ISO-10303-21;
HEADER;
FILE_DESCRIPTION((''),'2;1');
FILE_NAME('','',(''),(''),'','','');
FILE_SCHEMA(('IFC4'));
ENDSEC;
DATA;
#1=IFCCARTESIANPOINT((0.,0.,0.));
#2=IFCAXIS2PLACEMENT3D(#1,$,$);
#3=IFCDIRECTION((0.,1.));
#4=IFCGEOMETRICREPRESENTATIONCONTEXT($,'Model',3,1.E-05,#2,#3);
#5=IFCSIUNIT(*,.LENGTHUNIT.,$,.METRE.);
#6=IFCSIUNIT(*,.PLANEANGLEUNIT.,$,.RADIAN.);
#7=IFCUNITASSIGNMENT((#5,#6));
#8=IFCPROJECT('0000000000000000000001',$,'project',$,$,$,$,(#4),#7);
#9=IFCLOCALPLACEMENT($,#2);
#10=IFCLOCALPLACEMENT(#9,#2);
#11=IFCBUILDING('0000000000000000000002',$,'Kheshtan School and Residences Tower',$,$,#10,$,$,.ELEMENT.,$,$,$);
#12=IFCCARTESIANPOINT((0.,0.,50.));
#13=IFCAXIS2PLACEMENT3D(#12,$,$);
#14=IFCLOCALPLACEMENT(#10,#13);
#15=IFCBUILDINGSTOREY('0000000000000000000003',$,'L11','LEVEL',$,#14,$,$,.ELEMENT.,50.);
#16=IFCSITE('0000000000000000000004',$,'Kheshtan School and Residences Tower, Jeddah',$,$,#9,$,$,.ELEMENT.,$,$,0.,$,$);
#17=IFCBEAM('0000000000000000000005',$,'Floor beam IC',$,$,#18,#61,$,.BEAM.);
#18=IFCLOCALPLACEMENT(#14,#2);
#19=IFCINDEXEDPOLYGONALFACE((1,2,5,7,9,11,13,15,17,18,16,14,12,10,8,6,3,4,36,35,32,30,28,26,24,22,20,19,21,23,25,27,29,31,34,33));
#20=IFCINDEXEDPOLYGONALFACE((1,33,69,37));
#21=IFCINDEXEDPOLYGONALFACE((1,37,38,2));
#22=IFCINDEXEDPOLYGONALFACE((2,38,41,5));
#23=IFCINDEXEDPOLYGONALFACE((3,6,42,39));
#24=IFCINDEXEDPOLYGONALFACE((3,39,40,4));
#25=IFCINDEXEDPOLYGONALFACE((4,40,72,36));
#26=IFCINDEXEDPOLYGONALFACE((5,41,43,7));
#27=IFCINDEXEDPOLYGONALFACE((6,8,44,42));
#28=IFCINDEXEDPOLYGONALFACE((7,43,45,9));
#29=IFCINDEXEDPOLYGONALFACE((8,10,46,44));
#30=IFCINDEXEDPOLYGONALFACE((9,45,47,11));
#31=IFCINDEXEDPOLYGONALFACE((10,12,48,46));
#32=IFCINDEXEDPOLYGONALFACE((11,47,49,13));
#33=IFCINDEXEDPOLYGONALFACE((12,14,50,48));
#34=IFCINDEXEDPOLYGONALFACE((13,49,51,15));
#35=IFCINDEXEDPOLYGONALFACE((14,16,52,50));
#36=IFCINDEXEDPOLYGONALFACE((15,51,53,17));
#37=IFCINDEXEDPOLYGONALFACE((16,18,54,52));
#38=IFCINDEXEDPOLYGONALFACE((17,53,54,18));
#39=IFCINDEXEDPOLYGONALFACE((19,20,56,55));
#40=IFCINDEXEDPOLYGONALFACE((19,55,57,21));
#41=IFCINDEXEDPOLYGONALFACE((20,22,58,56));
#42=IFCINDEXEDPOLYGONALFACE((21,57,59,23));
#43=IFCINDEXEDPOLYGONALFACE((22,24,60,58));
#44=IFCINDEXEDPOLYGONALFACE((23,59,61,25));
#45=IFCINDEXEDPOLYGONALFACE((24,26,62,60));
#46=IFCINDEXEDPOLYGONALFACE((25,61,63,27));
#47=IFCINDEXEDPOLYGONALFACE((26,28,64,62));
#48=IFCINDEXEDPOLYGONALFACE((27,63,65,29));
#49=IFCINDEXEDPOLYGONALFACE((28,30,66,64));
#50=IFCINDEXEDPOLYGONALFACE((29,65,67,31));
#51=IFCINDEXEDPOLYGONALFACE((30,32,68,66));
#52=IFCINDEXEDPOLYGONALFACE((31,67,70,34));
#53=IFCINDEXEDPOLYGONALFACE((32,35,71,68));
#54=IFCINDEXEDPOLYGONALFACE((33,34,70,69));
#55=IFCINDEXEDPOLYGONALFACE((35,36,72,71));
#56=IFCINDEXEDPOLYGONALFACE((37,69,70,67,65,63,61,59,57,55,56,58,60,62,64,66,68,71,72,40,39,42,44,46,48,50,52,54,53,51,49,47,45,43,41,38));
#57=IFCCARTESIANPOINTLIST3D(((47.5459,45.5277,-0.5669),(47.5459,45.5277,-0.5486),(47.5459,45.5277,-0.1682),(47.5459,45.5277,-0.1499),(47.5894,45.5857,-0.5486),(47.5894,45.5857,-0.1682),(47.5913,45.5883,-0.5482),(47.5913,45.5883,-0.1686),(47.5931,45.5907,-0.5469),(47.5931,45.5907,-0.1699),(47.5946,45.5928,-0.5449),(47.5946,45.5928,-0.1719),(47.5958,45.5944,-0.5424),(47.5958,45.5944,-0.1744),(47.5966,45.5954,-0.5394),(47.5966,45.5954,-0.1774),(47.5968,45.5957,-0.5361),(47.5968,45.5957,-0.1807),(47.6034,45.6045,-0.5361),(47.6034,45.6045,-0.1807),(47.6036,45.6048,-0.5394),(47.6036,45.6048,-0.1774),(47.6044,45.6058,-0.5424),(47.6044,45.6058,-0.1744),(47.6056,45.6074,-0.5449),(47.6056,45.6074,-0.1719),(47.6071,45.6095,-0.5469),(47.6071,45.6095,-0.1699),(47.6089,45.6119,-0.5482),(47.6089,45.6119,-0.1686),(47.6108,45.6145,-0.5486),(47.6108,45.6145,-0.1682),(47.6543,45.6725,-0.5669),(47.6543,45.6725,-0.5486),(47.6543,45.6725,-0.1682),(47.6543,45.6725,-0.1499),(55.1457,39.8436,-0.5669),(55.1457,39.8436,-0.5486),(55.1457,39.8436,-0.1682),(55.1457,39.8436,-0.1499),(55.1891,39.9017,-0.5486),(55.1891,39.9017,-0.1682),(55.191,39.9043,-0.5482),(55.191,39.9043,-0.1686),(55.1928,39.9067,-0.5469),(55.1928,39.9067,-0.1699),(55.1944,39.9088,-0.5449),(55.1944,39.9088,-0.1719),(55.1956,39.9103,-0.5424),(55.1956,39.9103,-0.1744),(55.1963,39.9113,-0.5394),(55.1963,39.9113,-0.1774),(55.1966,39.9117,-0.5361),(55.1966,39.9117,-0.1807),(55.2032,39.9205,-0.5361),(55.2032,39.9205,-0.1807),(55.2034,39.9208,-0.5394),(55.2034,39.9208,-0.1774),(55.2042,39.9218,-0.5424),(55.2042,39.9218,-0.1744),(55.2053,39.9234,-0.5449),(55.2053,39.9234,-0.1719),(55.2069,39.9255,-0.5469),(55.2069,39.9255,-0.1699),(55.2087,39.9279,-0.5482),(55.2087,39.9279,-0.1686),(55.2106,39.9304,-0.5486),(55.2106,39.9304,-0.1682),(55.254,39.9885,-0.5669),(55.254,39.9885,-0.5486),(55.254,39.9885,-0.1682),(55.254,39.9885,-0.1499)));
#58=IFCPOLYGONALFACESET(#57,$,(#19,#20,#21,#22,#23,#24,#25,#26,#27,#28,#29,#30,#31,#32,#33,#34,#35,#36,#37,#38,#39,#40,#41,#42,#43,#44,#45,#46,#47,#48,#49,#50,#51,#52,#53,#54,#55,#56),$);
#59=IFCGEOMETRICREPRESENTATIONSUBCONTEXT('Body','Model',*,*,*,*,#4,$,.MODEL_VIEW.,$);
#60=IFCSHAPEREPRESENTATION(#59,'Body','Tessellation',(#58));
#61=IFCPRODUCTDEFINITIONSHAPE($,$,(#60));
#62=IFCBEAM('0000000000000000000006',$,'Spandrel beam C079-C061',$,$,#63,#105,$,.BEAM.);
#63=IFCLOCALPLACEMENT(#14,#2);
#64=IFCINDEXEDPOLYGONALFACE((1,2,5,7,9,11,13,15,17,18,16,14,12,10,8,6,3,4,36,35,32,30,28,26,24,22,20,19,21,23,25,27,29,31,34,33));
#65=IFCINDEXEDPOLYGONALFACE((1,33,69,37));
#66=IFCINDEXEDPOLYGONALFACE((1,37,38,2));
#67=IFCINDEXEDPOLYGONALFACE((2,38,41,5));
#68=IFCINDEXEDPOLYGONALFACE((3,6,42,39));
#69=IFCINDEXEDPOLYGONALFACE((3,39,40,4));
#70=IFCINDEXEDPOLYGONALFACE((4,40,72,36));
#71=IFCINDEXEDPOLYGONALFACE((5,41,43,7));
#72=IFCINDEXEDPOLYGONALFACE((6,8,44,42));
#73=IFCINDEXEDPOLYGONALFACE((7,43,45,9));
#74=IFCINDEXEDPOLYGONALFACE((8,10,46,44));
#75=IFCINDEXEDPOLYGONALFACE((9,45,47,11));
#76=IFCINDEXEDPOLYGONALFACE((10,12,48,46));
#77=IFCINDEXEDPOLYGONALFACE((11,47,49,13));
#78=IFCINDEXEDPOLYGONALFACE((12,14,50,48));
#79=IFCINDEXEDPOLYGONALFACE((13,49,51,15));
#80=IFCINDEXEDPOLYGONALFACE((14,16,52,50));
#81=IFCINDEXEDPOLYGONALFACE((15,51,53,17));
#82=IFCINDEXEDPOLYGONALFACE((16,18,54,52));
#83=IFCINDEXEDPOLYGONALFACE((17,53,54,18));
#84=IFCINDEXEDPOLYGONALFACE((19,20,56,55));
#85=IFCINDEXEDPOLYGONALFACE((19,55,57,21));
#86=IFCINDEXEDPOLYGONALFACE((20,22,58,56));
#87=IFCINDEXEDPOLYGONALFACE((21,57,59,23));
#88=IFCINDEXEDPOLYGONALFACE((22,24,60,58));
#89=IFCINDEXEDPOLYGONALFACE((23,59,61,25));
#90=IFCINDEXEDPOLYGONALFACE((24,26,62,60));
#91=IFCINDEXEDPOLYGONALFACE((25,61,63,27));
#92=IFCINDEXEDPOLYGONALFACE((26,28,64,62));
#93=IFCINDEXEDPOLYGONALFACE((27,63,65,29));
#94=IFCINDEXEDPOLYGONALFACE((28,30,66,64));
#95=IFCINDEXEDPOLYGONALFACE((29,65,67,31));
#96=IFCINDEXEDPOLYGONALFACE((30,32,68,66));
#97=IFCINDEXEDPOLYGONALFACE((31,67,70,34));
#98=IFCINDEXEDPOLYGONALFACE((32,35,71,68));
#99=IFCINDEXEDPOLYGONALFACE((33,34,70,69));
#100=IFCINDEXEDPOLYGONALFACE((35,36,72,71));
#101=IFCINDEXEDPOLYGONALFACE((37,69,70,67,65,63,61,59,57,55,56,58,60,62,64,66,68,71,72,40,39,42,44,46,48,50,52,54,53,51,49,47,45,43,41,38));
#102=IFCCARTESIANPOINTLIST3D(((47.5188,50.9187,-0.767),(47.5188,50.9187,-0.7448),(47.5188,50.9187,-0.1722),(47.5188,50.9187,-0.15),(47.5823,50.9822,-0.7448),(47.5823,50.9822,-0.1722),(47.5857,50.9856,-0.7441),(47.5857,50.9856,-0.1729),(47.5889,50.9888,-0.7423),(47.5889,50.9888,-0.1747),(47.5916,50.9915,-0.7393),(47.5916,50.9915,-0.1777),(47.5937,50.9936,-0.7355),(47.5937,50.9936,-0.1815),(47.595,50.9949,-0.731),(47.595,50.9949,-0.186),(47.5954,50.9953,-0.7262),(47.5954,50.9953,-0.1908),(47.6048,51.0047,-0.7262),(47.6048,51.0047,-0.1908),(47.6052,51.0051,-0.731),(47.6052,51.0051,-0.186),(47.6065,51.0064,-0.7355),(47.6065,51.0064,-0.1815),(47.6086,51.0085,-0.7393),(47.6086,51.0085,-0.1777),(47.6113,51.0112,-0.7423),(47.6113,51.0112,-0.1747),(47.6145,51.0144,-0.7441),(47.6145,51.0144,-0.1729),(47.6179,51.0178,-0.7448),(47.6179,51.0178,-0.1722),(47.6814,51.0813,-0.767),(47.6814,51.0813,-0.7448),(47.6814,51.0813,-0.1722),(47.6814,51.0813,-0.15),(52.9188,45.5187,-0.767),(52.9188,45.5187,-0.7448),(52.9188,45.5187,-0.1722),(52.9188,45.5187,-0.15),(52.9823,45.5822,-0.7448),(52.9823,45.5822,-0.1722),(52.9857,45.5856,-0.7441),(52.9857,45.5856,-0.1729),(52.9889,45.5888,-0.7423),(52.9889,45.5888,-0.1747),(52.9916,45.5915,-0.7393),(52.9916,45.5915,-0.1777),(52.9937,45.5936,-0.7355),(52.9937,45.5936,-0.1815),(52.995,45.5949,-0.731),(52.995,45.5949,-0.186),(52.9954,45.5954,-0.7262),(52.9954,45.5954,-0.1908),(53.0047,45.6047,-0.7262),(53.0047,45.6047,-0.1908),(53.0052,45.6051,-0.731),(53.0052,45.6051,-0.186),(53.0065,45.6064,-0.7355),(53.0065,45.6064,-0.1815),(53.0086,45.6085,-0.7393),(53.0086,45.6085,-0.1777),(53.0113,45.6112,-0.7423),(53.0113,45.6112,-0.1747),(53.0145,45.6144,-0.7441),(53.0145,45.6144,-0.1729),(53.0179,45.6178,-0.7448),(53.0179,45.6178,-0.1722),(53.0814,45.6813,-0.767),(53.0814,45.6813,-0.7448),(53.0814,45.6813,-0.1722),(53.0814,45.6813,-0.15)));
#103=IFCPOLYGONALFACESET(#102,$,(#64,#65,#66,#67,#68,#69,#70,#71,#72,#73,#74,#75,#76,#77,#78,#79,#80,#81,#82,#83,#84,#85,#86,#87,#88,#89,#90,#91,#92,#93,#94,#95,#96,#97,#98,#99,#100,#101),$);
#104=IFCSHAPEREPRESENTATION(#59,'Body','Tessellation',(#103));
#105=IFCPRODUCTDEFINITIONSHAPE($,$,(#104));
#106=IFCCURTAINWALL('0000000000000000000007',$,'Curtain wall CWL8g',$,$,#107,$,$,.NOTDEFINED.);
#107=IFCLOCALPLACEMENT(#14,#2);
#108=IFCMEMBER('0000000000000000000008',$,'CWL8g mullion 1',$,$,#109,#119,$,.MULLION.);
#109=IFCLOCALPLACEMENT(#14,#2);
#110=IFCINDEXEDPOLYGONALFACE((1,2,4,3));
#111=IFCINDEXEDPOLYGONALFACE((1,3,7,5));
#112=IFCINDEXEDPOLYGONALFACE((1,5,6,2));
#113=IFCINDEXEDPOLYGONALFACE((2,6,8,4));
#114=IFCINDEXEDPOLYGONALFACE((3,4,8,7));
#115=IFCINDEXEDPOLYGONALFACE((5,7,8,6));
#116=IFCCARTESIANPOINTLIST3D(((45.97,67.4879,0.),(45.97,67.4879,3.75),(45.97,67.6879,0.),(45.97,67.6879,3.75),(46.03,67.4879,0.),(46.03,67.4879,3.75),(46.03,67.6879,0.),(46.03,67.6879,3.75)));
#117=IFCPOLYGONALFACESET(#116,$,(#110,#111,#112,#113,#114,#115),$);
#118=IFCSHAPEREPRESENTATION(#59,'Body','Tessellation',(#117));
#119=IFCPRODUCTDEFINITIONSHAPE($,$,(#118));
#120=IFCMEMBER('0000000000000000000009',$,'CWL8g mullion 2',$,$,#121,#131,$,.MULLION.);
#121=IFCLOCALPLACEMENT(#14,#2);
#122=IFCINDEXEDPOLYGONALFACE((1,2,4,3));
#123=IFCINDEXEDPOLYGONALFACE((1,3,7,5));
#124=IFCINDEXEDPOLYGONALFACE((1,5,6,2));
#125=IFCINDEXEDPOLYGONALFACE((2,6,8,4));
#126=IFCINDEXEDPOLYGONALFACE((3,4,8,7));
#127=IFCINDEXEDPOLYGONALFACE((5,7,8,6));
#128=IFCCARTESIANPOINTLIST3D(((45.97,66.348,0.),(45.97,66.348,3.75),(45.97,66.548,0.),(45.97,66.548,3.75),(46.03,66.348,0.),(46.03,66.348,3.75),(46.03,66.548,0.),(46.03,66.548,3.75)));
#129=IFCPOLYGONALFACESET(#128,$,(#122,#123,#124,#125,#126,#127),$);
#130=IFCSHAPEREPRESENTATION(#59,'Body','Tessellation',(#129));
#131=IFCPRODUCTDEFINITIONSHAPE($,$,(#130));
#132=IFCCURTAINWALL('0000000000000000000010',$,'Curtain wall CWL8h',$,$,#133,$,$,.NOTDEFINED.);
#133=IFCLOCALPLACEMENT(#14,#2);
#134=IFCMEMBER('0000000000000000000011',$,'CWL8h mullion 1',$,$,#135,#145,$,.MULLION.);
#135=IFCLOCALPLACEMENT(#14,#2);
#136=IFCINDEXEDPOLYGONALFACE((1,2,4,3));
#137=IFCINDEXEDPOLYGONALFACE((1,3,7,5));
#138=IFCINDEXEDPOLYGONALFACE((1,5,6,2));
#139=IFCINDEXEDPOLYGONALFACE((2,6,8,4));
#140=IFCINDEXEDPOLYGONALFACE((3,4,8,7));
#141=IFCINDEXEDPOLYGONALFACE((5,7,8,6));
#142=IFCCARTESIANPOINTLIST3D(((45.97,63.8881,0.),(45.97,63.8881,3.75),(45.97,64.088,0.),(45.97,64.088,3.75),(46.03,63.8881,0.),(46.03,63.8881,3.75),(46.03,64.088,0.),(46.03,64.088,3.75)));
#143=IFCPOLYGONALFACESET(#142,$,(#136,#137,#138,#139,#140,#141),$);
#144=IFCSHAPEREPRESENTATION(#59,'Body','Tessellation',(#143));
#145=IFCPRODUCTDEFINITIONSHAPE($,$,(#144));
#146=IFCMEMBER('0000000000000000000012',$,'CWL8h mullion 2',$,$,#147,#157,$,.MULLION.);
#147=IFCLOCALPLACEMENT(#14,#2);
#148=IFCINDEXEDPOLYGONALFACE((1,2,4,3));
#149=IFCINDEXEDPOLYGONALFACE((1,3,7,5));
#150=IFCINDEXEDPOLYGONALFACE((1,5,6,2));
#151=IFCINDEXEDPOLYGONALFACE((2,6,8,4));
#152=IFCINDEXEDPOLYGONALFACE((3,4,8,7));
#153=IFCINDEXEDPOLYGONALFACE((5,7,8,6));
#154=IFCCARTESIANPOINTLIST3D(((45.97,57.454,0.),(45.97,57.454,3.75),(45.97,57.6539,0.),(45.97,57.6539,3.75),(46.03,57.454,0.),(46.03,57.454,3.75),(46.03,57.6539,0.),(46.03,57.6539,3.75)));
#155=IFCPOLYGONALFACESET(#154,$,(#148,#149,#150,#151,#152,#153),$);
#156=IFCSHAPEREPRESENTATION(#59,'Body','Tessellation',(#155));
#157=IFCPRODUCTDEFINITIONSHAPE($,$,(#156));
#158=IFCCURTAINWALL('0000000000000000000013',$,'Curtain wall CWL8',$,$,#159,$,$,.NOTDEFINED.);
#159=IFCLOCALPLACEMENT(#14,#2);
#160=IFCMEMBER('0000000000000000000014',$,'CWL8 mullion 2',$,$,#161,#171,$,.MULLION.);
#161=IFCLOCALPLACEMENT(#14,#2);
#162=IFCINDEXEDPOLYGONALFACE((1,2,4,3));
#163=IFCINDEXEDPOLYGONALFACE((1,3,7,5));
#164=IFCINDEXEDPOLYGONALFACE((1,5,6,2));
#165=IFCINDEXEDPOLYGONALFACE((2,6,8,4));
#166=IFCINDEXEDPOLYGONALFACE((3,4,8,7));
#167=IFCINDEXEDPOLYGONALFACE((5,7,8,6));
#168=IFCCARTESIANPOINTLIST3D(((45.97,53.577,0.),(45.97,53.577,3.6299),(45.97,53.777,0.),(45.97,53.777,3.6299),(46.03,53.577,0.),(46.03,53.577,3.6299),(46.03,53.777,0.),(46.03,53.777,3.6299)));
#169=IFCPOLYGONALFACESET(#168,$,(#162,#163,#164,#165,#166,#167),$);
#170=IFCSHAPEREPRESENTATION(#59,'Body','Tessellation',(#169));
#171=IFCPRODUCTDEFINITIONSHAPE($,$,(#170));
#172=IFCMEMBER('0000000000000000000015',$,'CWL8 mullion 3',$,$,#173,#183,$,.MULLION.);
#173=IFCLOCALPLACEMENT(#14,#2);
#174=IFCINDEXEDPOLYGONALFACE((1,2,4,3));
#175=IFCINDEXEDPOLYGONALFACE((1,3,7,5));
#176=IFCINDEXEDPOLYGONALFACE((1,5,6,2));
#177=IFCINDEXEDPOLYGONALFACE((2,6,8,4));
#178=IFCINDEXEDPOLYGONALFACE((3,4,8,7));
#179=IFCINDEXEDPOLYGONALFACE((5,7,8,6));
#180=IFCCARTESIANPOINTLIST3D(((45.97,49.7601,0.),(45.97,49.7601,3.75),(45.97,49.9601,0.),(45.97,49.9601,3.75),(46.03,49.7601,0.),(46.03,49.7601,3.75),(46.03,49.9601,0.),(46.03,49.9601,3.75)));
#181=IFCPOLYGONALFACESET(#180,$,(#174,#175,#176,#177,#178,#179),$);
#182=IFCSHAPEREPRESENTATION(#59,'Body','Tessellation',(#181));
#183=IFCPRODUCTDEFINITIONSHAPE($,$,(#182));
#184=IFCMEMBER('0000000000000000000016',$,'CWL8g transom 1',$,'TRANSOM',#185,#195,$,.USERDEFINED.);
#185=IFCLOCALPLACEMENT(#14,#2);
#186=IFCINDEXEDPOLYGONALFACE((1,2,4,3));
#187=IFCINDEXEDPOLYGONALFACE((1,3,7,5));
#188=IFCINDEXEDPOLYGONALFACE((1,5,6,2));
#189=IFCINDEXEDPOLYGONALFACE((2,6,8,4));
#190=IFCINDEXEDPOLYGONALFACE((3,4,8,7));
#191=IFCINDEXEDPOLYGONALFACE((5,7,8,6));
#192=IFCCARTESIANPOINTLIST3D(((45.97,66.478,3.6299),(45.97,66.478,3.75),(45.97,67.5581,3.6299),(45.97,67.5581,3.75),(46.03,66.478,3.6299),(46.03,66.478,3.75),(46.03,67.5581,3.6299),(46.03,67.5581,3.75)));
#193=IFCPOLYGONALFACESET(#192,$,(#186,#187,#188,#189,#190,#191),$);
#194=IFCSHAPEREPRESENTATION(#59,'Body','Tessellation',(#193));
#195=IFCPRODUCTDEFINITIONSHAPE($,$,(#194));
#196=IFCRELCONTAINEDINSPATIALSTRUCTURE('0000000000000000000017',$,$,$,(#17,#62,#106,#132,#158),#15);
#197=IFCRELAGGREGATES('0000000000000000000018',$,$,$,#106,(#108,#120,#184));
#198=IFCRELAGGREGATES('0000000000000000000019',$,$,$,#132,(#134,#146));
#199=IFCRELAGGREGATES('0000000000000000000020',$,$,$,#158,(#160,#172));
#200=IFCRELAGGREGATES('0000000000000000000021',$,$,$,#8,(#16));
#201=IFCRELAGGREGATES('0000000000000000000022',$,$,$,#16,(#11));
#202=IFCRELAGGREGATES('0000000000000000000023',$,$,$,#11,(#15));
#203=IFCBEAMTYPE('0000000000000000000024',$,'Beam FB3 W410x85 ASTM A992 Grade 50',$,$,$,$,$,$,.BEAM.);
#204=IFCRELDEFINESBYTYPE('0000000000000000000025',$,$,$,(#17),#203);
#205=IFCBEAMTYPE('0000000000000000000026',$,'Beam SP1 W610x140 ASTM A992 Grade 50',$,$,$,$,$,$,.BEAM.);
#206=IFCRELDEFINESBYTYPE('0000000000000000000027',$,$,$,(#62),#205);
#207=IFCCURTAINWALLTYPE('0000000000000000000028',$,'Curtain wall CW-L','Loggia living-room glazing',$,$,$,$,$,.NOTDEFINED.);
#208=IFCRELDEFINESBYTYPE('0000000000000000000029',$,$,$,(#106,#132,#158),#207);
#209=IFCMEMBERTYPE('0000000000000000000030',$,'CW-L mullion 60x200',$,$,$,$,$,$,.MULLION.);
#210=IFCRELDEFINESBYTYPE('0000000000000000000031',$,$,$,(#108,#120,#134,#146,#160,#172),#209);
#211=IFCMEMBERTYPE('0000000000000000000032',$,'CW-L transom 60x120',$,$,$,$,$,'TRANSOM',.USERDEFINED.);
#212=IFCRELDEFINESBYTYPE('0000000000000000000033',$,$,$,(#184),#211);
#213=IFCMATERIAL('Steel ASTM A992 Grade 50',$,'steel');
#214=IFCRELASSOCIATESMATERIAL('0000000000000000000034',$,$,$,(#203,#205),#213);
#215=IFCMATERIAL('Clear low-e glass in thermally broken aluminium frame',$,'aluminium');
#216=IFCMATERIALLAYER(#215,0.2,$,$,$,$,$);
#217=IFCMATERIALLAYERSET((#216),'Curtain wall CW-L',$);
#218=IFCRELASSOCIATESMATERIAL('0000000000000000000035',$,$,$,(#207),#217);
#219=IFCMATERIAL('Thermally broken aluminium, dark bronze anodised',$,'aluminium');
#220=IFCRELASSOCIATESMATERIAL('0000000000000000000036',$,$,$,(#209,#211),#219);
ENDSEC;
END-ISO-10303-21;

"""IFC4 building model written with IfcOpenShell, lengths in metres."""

from ifc_helpers import new_model, si_unit, direction, frame, origin, origin_2d, place, context, subcontext, project, spatial, rectangle, i_section, extrude, material, layer, layer_set, material_profile, profile_set, type_object, element, aggregate, save


model = new_model("IFC4")

# Units and contexts
model_context = context("Model", 3, precision=1e-05, world=origin(), true_north=direction((0.0, 1.0)))
body_context = subcontext(model_context, "Body", "Model", "MODEL_VIEW")
ifc_project = project(units=[si_unit("LENGTHUNIT", "METRE"), si_unit("PLANEANGLEUNIT", "RADIAN")], contexts=[model_context])

# Site, building, storey
site_placement = place(None, origin())
site = spatial("IfcSite", under=ifc_project, at=site_placement, Name="Kheshtan School and Residences Tower, Jeddah", CompositionType="ELEMENT", RefElevation=0.0)
building_placement = place(site_placement, origin())
building = spatial("IfcBuilding", under=site, at=building_placement, Name="Kheshtan School and Residences Tower", CompositionType="ELEMENT")
storey_placement = place(building_placement, frame((0.0, 0.0, 50.0)))
storey = spatial("IfcBuildingStorey", under=building, at=storey_placement, Name="L11", Description="LEVEL", CompositionType="ELEMENT", Elevation=50.0)

# Shared definitions
ifc_material_1 = material(Name="Steel ASTM A992 Grade 50", Category="steel")

# Beams
ifc_material_profile_1 = material_profile(ifc_material_1, i_section(OverallWidth=0.1809, OverallDepth=0.417, WebThickness=0.011, FlangeThickness=0.0183, FilletRadius=0.0125, at=origin_2d()), Name="W410x85")
ifc_profile_set_1 = profile_set([ifc_material_profile_1], Name="Steel ASTM A992 Grade 50")
beam_type_1 = type_object("IfcBeamType", Name="Beam FB3 W410x85 ASTM A992 Grade 50", PredefinedType="BEAM", material=ifc_profile_set_1)
beam_1_placement = place(storey_placement, frame((47.6001, 45.6001, -0.3584), z_axis=(0.800799, -0.598933, 0.0), x_axis=(0.598933, 0.800799, 0.0)))
element("IfcBeam", 1, at=beam_1_placement, inside=storey, type_object=beam_type_1, Name="Floor beam IC", PredefinedType="BEAM", context=body_context, shape_type="SweptSolid", body=[
    extrude(i_section(OverallWidth=0.1809, OverallDepth=0.417, WebThickness=0.011, FlangeThickness=0.0183, FilletRadius=0.0125, at=origin_2d()), origin(), (0.0, 0.0, 1.0), 9.4902),
])
ifc_material_profile_2 = material_profile(ifc_material_1, i_section(OverallWidth=0.23, OverallDepth=0.6169, WebThickness=0.0132, FlangeThickness=0.0222, FilletRadius=0.0186, at=origin_2d()), Name="W610x140")
ifc_profile_set_2 = profile_set([ifc_material_profile_2], Name="Steel ASTM A992 Grade 50")
beam_type_2 = type_object("IfcBeamType", Name="Beam SP1 W610x140 ASTM A992 Grade 50", PredefinedType="BEAM", material=ifc_profile_set_2)
beam_2_placement = place(storey_placement, frame((47.6001, 51.0, -0.4585), z_axis=(0.707107, -0.707107, 0.0), x_axis=(0.707107, 0.707107, 0.0)))
element("IfcBeam", 2, at=beam_2_placement, inside=storey, type_object=beam_type_2, Name="Spandrel beam C079-C061", PredefinedType="BEAM", context=body_context, shape_type="SweptSolid", body=[
    extrude(i_section(OverallWidth=0.23, OverallDepth=0.6169, WebThickness=0.0132, FlangeThickness=0.0222, FilletRadius=0.0186, at=origin_2d()), origin(), (0.0, 0.0, 1.0), 7.6367),
])

# Curtain walls, members
ifc_material_2 = material(Name="Clear low-e glass in thermally broken aluminium frame", Category="aluminium")
ifc_layer_1 = layer(ifc_material_2, 0.2)
ifc_layer_set_1 = layer_set([ifc_layer_1], Name="Curtain wall CW-L")
curtain_wall_type = type_object("IfcCurtainWallType", Name="Curtain wall CW-L", Description="Loggia living-room glazing", PredefinedType="NOTDEFINED", material=ifc_layer_set_1)
curtain_wall_1_placement = place(storey_placement, origin())
curtain_wall_1 = element("IfcCurtainWall", 3, at=curtain_wall_1_placement, inside=storey, type_object=curtain_wall_type, Name="Curtain wall CWL8g", PredefinedType="NOTDEFINED")
ifc_material_3 = material(Name="Thermally broken aluminium, dark bronze anodised", Category="aluminium")
ifc_material_profile_3 = material_profile(ifc_material_3, rectangle(XDim=0.0601, YDim=0.2, at=origin_2d()), Name="CW-L mullion 60x200")
ifc_profile_set_3 = profile_set([ifc_material_profile_3], Name="Thermally broken aluminium, dark bronze anodised")
member_type_1 = type_object("IfcMemberType", Name="CW-L mullion 60x200", PredefinedType="MULLION", material=ifc_profile_set_3)
member_1_placement = place(storey_placement, frame((46.0, 67.5879, 0.0), z_axis=(0.0, 0.0, 1.0), x_axis=(1.0, 0.0, 0.0)))
member_1 = element("IfcMember", 4, at=member_1_placement, type_object=member_type_1, Name="CWL8g mullion 1", PredefinedType="MULLION", context=body_context, shape_type="SweptSolid", body=[
    extrude(rectangle(XDim=0.0601, YDim=0.2, at=origin_2d()), origin(), (0.0, 0.0, 1.0), 3.75),
])
member_2_placement = place(storey_placement, frame((46.0, 66.448, 0.0), z_axis=(0.0, 0.0, 1.0), x_axis=(1.0, 0.0, 0.0)))
member_2 = element("IfcMember", 5, at=member_2_placement, type_object=member_type_1, Name="CWL8g mullion 2", PredefinedType="MULLION", context=body_context, shape_type="SweptSolid", body=[
    extrude(rectangle(XDim=0.0601, YDim=0.2, at=origin_2d()), origin(), (0.0, 0.0, 1.0), 3.75),
])
curtain_wall_2_placement = place(storey_placement, origin())
curtain_wall_2 = element("IfcCurtainWall", 6, at=curtain_wall_2_placement, inside=storey, type_object=curtain_wall_type, Name="Curtain wall CWL8h", PredefinedType="NOTDEFINED")
member_3_placement = place(storey_placement, frame((46.0, 63.988, 0.0), z_axis=(0.0, 0.0, 1.0), x_axis=(1.0, 0.0, 0.0)))
member_3 = element("IfcMember", 7, at=member_3_placement, type_object=member_type_1, Name="CWL8h mullion 1", PredefinedType="MULLION", context=body_context, shape_type="SweptSolid", body=[
    extrude(rectangle(XDim=0.0601, YDim=0.2, at=origin_2d()), origin(), (0.0, 0.0, 1.0), 3.75),
])
member_4_placement = place(storey_placement, frame((46.0, 57.554, 0.0), z_axis=(0.0, 0.0, 1.0), x_axis=(1.0, 0.0, 0.0)))
member_4 = element("IfcMember", 8, at=member_4_placement, type_object=member_type_1, Name="CWL8h mullion 2", PredefinedType="MULLION", context=body_context, shape_type="SweptSolid", body=[
    extrude(rectangle(XDim=0.0601, YDim=0.2, at=origin_2d()), origin(), (0.0, 0.0, 1.0), 3.75),
])
curtain_wall_3_placement = place(storey_placement, origin())
curtain_wall_3 = element("IfcCurtainWall", 9, at=curtain_wall_3_placement, inside=storey, type_object=curtain_wall_type, Name="Curtain wall CWL8", PredefinedType="NOTDEFINED")
member_5_placement = place(storey_placement, frame((46.0, 53.677, 0.0), z_axis=(0.0, 0.0, 1.0), x_axis=(1.0, 0.0, 0.0)))
member_5 = element("IfcMember", 10, at=member_5_placement, type_object=member_type_1, Name="CWL8 mullion 2", PredefinedType="MULLION", context=body_context, shape_type="SweptSolid", body=[
    extrude(rectangle(XDim=0.0601, YDim=0.2, at=origin_2d()), origin(), (0.0, 0.0, 1.0), 3.6299),
])
member_6_placement = place(storey_placement, frame((46.0, 49.8601, 0.0), z_axis=(0.0, 0.0, 1.0), x_axis=(1.0, 0.0, 0.0)))
member_6 = element("IfcMember", 11, at=member_6_placement, type_object=member_type_1, Name="CWL8 mullion 3", PredefinedType="MULLION", context=body_context, shape_type="SweptSolid", body=[
    extrude(rectangle(XDim=0.0601, YDim=0.2, at=origin_2d()), origin(), (0.0, 0.0, 1.0), 3.75),
])

# Member
ifc_material_profile_4 = material_profile(ifc_material_3, rectangle(XDim=0.0601, YDim=0.1201, at=origin_2d()), Name="CW-L transom 60x120")
ifc_profile_set_4 = profile_set([ifc_material_profile_4], Name="Thermally broken aluminium, dark bronze anodised")
member_type_2 = type_object("IfcMemberType", Name="CW-L transom 60x120", ElementType="TRANSOM", PredefinedType="USERDEFINED", material=ifc_profile_set_4)
member_7_placement = place(storey_placement, frame((46.0, 67.5581, 3.6899), z_axis=(0.0, -1.0, 0.0), x_axis=(1.0, 0.0, 0.0)))
member_7 = element("IfcMember", 12, at=member_7_placement, type_object=member_type_2, Name="CWL8g transom 1", ObjectType="TRANSOM", PredefinedType="USERDEFINED", context=body_context, shape_type="SweptSolid", body=[
    extrude(rectangle(XDim=0.0601, YDim=0.1201, at=origin_2d()), origin(), (0.0, 0.0, 1.0), 1.0801),
])

aggregate(curtain_wall_1, [member_1, member_2, member_7])
aggregate(curtain_wall_2, [member_3, member_4])
aggregate(curtain_wall_3, [member_5, member_6])

save(model, "model.ifc")
